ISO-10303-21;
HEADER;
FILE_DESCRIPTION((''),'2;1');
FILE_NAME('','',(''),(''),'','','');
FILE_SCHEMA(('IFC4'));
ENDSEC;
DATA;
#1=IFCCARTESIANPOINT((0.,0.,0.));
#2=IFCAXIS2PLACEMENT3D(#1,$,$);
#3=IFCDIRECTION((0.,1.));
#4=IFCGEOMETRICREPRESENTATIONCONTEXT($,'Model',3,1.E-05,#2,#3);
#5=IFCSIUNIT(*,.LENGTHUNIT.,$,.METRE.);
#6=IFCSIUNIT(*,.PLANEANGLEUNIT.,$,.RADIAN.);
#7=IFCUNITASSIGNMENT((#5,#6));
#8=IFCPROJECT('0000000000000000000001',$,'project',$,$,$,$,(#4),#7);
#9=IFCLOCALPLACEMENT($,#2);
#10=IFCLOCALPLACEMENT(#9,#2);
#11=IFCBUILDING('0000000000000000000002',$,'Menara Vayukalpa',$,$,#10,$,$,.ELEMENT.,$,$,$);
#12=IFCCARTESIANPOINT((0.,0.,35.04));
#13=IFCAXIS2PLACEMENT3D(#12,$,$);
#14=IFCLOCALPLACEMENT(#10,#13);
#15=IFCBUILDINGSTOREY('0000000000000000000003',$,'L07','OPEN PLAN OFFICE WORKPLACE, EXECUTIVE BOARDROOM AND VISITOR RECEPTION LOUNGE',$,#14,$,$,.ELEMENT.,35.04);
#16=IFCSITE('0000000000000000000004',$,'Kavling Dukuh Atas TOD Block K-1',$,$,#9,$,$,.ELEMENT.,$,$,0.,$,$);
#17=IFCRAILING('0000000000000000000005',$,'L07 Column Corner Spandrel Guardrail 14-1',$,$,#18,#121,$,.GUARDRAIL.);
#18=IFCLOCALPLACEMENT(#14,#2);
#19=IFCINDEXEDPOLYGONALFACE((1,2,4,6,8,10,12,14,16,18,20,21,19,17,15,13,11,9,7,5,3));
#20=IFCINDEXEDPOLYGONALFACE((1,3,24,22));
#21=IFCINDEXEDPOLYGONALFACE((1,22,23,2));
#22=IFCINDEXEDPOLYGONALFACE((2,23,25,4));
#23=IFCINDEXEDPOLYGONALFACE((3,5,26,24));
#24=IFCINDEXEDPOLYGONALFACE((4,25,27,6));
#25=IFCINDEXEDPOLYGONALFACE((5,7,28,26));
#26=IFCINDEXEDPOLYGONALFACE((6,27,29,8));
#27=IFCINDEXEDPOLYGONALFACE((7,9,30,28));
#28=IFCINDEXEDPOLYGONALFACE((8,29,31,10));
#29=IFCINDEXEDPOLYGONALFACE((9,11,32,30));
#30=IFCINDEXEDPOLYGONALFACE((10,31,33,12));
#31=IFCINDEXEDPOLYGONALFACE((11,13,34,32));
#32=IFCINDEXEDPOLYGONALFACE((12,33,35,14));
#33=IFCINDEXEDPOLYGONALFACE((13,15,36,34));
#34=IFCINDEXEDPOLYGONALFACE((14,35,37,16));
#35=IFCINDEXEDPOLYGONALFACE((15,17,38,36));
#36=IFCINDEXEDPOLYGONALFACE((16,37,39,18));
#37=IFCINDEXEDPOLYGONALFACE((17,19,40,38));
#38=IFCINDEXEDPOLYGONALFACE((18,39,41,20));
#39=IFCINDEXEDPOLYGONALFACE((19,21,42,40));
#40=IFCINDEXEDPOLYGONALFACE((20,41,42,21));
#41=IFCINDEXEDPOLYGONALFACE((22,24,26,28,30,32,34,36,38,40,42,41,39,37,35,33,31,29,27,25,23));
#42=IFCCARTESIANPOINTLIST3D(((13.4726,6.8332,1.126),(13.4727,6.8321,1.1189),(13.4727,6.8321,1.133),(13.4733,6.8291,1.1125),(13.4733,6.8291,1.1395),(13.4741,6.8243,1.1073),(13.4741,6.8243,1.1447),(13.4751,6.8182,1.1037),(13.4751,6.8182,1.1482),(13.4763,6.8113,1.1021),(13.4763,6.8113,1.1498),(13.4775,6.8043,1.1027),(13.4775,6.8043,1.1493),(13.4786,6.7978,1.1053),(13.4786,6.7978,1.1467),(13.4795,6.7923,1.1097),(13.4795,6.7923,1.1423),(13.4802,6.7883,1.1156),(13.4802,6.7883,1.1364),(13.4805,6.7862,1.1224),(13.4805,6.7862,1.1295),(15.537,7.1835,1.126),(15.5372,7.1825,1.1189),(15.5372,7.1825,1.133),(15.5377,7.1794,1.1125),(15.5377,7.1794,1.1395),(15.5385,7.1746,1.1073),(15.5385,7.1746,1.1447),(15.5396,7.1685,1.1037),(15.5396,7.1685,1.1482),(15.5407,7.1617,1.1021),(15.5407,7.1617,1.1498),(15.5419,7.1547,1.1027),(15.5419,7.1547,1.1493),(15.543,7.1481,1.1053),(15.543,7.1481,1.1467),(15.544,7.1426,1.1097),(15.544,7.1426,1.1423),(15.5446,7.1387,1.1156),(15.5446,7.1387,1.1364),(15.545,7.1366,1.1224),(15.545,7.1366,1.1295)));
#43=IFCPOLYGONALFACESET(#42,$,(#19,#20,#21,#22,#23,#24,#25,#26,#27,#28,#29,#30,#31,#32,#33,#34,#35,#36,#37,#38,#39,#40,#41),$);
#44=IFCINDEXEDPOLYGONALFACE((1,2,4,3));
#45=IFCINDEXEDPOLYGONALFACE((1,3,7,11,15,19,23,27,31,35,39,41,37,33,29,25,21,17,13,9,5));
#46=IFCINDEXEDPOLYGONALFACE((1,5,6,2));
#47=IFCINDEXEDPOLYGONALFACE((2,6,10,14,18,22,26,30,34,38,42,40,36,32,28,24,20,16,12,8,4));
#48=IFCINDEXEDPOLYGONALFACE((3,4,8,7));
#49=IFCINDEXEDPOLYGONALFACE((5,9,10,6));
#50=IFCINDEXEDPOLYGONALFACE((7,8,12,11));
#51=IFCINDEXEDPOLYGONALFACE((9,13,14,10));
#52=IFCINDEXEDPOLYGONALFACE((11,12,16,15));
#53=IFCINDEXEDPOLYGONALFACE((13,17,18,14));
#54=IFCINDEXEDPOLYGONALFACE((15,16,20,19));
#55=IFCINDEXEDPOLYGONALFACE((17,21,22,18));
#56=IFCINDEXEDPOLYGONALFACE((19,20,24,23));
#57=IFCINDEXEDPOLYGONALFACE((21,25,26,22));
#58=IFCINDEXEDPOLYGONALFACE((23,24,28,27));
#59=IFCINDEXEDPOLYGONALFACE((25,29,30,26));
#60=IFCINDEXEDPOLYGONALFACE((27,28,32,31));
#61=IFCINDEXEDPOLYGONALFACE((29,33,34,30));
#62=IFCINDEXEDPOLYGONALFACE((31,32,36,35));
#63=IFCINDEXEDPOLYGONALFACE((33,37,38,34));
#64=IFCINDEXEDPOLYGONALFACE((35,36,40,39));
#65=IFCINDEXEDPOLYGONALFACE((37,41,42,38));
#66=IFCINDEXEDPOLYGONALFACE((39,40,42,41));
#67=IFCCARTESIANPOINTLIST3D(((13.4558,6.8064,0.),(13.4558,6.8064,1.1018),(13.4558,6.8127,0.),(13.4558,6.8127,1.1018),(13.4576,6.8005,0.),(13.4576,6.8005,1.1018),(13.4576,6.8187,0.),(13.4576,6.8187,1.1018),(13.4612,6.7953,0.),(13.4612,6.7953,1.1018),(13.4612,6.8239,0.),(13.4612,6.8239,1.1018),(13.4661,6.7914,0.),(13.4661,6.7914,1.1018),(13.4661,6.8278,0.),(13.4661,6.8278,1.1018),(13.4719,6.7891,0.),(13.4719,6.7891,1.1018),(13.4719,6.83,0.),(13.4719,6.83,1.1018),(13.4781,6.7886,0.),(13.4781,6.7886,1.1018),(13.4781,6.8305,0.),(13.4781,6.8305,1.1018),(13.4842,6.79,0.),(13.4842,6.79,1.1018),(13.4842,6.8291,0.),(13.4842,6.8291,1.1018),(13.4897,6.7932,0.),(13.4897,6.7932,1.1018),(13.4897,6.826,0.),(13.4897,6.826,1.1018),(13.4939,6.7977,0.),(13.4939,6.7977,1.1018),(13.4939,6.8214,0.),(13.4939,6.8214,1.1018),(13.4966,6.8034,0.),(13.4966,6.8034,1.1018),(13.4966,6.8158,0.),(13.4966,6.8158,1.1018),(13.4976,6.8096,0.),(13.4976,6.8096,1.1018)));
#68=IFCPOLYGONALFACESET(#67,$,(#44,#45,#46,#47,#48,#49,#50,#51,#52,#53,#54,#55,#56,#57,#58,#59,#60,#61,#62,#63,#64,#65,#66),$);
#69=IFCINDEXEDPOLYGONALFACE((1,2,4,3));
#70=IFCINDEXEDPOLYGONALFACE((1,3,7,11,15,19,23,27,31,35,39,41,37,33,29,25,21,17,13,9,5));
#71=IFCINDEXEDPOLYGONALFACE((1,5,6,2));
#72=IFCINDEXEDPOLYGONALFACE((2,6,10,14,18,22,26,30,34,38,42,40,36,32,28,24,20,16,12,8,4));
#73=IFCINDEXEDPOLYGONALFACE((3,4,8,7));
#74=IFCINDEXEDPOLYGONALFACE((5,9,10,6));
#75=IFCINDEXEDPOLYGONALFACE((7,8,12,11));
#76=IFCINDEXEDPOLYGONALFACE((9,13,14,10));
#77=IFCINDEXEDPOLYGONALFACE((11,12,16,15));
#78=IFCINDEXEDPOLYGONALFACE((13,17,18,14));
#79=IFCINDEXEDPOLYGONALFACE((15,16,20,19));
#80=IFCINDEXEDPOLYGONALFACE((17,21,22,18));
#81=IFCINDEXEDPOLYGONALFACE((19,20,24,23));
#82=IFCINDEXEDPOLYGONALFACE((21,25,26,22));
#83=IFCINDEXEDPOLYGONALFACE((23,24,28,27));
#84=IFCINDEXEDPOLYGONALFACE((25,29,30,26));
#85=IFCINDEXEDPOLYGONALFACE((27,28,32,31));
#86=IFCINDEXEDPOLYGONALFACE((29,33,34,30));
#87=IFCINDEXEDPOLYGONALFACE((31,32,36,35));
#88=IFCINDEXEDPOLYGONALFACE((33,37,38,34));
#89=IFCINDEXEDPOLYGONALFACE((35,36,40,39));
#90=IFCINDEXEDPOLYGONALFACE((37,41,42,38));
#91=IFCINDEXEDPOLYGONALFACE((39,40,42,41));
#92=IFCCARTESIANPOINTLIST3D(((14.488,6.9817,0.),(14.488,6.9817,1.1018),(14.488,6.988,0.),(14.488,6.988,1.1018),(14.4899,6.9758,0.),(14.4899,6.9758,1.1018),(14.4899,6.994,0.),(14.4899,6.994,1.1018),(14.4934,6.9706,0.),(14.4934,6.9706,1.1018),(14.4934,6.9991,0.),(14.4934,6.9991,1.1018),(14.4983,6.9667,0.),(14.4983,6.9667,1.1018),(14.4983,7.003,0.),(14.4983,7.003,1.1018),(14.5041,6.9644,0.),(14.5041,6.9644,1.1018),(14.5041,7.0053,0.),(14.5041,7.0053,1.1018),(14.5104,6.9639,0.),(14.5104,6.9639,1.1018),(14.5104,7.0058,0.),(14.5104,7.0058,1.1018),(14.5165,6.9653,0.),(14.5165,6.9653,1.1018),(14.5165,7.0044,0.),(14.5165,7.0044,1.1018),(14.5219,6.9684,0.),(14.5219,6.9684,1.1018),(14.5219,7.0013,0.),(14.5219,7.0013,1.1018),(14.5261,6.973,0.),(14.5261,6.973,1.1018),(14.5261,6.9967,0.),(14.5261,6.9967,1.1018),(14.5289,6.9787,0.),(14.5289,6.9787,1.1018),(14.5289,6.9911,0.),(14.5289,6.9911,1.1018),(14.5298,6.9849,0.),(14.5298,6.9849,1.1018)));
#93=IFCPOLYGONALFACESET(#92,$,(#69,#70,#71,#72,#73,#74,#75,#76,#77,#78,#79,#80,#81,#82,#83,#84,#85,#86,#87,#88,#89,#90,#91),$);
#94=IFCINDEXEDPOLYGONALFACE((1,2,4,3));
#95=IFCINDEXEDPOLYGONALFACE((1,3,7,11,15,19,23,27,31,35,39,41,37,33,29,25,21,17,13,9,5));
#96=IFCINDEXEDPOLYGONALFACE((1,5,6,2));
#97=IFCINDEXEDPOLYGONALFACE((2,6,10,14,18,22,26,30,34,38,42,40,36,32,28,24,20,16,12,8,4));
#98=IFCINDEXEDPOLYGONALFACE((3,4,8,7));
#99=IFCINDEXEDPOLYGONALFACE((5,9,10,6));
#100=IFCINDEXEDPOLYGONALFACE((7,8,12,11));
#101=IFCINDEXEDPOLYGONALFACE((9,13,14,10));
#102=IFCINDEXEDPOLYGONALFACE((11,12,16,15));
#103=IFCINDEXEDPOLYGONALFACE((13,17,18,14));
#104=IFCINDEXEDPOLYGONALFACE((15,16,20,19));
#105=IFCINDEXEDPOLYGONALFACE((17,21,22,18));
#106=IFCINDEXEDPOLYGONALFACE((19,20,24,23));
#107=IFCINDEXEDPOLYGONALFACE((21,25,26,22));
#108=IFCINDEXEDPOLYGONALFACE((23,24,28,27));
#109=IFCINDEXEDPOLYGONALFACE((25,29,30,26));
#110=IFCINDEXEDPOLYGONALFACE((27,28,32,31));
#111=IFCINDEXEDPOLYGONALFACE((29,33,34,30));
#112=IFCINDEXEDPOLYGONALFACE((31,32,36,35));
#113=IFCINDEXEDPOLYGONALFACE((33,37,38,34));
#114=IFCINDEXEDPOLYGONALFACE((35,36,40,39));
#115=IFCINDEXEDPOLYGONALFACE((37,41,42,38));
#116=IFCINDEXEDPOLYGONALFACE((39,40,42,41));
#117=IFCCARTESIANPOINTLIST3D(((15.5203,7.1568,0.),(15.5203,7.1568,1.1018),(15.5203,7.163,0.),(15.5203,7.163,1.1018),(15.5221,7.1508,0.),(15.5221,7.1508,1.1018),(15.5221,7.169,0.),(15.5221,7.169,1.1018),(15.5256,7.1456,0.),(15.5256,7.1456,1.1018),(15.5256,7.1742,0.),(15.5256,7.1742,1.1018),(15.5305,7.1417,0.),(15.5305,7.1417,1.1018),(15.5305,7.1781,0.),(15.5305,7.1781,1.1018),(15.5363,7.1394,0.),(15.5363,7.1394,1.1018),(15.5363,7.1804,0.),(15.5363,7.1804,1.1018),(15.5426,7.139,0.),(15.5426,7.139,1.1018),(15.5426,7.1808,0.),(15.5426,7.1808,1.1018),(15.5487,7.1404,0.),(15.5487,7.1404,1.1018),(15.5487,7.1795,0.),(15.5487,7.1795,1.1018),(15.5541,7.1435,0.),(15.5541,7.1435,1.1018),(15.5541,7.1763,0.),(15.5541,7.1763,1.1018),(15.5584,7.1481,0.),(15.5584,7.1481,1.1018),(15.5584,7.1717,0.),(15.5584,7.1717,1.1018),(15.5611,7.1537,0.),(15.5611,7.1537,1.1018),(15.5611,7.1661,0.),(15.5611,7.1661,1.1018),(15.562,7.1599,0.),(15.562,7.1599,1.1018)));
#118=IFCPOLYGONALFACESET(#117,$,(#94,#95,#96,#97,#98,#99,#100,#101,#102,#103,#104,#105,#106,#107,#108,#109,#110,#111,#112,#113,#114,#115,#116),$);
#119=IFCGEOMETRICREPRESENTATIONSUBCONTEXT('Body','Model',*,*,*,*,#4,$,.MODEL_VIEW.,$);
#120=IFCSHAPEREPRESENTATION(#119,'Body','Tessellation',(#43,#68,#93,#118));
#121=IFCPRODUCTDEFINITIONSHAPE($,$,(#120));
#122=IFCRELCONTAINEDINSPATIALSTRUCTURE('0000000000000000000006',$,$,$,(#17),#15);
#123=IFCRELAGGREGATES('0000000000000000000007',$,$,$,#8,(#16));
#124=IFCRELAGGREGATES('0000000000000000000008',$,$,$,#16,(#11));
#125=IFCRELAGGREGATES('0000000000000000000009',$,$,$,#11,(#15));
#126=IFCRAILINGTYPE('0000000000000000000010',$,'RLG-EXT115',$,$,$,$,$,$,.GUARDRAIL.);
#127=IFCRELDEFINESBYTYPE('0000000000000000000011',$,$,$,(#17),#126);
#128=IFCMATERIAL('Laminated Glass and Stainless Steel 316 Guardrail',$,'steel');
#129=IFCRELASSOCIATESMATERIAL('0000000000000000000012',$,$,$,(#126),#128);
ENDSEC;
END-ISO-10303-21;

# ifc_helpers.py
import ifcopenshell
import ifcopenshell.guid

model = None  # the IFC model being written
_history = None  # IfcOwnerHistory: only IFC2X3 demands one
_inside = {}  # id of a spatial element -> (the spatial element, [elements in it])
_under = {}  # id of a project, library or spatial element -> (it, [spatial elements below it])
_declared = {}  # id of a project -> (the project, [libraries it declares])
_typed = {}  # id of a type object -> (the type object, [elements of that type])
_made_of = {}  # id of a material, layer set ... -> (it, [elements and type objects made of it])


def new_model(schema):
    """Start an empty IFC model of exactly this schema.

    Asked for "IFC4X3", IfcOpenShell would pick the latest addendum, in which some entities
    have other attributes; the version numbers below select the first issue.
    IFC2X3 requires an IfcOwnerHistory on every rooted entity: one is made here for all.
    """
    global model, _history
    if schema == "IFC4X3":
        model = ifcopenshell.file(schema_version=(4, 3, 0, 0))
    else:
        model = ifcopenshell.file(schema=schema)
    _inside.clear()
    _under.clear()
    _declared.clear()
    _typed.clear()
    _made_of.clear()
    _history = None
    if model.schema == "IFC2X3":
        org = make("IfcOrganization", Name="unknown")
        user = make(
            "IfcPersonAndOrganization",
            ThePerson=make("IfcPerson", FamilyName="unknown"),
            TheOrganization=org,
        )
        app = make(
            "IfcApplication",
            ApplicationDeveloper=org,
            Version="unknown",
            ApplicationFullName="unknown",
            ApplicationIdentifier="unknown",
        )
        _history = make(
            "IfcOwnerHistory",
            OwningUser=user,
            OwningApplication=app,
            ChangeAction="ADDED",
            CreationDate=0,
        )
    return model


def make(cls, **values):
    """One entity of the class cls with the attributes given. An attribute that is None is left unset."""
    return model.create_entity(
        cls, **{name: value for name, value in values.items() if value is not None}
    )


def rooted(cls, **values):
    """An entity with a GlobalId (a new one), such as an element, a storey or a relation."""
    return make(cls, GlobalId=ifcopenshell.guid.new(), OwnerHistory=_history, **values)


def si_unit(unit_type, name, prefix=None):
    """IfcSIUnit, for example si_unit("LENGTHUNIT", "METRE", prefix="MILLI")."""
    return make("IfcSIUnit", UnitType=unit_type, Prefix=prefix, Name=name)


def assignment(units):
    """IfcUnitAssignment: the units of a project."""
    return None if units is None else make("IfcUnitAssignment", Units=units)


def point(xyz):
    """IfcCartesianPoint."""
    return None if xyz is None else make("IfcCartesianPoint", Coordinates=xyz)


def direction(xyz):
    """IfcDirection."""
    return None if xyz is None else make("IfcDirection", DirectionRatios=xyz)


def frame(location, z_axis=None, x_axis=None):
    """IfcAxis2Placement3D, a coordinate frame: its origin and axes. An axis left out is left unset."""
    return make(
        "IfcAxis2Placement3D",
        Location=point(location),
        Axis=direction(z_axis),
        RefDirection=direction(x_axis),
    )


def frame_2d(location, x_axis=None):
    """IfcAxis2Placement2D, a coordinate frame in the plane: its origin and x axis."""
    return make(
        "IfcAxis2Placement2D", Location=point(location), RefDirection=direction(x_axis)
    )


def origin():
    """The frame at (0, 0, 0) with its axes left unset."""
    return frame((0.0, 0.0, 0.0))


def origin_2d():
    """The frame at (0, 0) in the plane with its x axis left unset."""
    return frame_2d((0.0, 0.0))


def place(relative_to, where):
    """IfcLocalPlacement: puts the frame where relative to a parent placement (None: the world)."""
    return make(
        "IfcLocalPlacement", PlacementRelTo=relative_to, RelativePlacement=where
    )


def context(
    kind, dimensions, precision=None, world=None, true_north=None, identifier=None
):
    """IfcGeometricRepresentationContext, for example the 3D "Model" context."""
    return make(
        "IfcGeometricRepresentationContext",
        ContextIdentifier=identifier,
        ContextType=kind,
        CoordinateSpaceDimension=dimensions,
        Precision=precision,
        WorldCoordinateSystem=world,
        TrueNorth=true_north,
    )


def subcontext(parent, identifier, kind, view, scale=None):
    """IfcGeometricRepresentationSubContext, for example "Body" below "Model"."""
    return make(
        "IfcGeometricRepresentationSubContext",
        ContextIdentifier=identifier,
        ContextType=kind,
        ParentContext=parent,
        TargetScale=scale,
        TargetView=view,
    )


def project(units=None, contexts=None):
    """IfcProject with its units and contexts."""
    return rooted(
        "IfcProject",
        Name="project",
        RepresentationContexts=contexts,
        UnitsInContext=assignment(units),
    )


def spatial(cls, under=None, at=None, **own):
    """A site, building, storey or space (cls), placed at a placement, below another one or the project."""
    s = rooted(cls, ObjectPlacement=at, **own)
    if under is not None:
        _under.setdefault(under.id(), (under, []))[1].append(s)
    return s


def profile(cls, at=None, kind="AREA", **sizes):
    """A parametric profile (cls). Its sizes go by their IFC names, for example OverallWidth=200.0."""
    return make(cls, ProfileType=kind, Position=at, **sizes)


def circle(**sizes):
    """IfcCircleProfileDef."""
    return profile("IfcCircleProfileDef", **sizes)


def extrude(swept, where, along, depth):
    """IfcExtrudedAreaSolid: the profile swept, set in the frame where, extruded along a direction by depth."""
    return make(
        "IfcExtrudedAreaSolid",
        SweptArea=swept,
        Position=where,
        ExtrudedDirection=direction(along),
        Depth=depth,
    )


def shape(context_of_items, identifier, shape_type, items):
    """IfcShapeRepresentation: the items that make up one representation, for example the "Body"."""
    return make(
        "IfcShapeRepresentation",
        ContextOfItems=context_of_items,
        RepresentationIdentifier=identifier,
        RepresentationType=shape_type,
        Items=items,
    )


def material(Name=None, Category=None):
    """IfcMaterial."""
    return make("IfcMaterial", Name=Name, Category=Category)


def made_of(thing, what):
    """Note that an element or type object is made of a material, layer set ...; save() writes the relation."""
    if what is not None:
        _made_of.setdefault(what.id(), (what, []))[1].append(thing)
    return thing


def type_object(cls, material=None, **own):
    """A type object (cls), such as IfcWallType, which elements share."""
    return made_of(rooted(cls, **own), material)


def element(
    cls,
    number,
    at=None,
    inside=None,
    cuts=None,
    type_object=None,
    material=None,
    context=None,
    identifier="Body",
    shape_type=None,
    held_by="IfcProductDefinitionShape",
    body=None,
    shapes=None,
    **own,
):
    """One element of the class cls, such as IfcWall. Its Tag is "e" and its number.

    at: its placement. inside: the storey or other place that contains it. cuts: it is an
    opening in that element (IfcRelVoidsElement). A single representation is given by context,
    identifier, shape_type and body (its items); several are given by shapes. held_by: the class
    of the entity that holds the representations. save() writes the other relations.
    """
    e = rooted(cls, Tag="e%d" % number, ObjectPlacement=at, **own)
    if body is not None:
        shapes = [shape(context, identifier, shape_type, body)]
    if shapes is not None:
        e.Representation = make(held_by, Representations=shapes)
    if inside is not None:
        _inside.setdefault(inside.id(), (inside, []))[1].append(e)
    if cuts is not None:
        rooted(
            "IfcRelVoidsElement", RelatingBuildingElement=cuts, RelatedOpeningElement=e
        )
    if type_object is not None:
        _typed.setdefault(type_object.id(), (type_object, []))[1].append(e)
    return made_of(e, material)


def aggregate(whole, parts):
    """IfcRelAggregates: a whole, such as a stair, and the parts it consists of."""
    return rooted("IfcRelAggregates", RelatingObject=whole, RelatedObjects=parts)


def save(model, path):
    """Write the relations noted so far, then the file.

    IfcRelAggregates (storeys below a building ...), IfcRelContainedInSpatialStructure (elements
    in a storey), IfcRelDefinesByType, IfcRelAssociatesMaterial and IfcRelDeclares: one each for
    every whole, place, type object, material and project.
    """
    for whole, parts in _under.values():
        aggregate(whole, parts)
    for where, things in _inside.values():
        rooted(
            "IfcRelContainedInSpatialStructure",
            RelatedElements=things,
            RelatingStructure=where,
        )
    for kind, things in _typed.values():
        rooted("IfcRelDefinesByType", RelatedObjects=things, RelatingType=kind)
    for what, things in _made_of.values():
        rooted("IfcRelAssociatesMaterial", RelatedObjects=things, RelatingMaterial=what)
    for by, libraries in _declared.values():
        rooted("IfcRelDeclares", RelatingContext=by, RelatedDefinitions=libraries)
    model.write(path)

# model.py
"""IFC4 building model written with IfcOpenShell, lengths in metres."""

from ifc_helpers import new_model, si_unit, direction, frame, origin, origin_2d, place, context, subcontext, project, spatial, circle, extrude, material, type_object, element, save


model = new_model("IFC4")

# Units and contexts
model_context = context("Model", 3, precision=1e-05, world=origin(), true_north=direction((0.0, 1.0)))
body_context = subcontext(model_context, "Body", "Model", "MODEL_VIEW")
ifc_project = project(units=[si_unit("LENGTHUNIT", "METRE"), si_unit("PLANEANGLEUNIT", "RADIAN")], contexts=[model_context])

# Site, building, storey
site_placement = place(None, origin())
site = spatial("IfcSite", under=ifc_project, at=site_placement, Name="Kavling Dukuh Atas TOD Block K-1", CompositionType="ELEMENT", RefElevation=0.0)
building_placement = place(site_placement, origin())
building = spatial("IfcBuilding", under=site, at=building_placement, Name="Menara Vayukalpa", CompositionType="ELEMENT")
storey_placement = place(building_placement, frame((0.0, 0.0, 35.04)))
storey = spatial("IfcBuildingStorey", under=building, at=storey_placement, Name="L07", Description="OPEN PLAN OFFICE WORKPLACE, EXECUTIVE BOARDROOM AND VISITOR RECEPTION LOUNGE", CompositionType="ELEMENT", Elevation=35.04)

# Railing
ifc_material_1 = material(Name="Laminated Glass and Stainless Steel 316 Guardrail", Category="steel")
railing_type = type_object("IfcRailingType", Name="RLG-EXT115", PredefinedType="GUARDRAIL", material=ifc_material_1)
railing_1_placement = place(storey_placement, frame((13.4766, 6.8096, 0.0)))
element("IfcRailing", 1, at=railing_1_placement, inside=storey, type_object=railing_type, Name="L07 Column Corner Spandrel Guardrail 14-1", PredefinedType="GUARDRAIL", context=body_context, shape_type="SweptSolid", body=[
    extrude(circle(Radius=0.0239, at=origin_2d()), frame((0.0, 0.0, 1.126), z_axis=(0.985904, 0.16731, 0.0), x_axis=(-0.16731, 0.985904, 0.0)), (0.0, 0.0, 1.0), 2.094),
    extrude(circle(Radius=0.021, at=origin_2d()), origin(), (0.0, 0.0, 1.0), 1.1018),
    extrude(circle(Radius=0.021, at=origin_2d()), frame((1.0322, 0.1753, 0.0)), (0.0, 0.0, 1.0), 1.1018),
    extrude(circle(Radius=0.021, at=origin_2d()), frame((2.0645, 0.3503, 0.0)), (0.0, 0.0, 1.0), 1.1018),
])

save(model, "model.ifc")
